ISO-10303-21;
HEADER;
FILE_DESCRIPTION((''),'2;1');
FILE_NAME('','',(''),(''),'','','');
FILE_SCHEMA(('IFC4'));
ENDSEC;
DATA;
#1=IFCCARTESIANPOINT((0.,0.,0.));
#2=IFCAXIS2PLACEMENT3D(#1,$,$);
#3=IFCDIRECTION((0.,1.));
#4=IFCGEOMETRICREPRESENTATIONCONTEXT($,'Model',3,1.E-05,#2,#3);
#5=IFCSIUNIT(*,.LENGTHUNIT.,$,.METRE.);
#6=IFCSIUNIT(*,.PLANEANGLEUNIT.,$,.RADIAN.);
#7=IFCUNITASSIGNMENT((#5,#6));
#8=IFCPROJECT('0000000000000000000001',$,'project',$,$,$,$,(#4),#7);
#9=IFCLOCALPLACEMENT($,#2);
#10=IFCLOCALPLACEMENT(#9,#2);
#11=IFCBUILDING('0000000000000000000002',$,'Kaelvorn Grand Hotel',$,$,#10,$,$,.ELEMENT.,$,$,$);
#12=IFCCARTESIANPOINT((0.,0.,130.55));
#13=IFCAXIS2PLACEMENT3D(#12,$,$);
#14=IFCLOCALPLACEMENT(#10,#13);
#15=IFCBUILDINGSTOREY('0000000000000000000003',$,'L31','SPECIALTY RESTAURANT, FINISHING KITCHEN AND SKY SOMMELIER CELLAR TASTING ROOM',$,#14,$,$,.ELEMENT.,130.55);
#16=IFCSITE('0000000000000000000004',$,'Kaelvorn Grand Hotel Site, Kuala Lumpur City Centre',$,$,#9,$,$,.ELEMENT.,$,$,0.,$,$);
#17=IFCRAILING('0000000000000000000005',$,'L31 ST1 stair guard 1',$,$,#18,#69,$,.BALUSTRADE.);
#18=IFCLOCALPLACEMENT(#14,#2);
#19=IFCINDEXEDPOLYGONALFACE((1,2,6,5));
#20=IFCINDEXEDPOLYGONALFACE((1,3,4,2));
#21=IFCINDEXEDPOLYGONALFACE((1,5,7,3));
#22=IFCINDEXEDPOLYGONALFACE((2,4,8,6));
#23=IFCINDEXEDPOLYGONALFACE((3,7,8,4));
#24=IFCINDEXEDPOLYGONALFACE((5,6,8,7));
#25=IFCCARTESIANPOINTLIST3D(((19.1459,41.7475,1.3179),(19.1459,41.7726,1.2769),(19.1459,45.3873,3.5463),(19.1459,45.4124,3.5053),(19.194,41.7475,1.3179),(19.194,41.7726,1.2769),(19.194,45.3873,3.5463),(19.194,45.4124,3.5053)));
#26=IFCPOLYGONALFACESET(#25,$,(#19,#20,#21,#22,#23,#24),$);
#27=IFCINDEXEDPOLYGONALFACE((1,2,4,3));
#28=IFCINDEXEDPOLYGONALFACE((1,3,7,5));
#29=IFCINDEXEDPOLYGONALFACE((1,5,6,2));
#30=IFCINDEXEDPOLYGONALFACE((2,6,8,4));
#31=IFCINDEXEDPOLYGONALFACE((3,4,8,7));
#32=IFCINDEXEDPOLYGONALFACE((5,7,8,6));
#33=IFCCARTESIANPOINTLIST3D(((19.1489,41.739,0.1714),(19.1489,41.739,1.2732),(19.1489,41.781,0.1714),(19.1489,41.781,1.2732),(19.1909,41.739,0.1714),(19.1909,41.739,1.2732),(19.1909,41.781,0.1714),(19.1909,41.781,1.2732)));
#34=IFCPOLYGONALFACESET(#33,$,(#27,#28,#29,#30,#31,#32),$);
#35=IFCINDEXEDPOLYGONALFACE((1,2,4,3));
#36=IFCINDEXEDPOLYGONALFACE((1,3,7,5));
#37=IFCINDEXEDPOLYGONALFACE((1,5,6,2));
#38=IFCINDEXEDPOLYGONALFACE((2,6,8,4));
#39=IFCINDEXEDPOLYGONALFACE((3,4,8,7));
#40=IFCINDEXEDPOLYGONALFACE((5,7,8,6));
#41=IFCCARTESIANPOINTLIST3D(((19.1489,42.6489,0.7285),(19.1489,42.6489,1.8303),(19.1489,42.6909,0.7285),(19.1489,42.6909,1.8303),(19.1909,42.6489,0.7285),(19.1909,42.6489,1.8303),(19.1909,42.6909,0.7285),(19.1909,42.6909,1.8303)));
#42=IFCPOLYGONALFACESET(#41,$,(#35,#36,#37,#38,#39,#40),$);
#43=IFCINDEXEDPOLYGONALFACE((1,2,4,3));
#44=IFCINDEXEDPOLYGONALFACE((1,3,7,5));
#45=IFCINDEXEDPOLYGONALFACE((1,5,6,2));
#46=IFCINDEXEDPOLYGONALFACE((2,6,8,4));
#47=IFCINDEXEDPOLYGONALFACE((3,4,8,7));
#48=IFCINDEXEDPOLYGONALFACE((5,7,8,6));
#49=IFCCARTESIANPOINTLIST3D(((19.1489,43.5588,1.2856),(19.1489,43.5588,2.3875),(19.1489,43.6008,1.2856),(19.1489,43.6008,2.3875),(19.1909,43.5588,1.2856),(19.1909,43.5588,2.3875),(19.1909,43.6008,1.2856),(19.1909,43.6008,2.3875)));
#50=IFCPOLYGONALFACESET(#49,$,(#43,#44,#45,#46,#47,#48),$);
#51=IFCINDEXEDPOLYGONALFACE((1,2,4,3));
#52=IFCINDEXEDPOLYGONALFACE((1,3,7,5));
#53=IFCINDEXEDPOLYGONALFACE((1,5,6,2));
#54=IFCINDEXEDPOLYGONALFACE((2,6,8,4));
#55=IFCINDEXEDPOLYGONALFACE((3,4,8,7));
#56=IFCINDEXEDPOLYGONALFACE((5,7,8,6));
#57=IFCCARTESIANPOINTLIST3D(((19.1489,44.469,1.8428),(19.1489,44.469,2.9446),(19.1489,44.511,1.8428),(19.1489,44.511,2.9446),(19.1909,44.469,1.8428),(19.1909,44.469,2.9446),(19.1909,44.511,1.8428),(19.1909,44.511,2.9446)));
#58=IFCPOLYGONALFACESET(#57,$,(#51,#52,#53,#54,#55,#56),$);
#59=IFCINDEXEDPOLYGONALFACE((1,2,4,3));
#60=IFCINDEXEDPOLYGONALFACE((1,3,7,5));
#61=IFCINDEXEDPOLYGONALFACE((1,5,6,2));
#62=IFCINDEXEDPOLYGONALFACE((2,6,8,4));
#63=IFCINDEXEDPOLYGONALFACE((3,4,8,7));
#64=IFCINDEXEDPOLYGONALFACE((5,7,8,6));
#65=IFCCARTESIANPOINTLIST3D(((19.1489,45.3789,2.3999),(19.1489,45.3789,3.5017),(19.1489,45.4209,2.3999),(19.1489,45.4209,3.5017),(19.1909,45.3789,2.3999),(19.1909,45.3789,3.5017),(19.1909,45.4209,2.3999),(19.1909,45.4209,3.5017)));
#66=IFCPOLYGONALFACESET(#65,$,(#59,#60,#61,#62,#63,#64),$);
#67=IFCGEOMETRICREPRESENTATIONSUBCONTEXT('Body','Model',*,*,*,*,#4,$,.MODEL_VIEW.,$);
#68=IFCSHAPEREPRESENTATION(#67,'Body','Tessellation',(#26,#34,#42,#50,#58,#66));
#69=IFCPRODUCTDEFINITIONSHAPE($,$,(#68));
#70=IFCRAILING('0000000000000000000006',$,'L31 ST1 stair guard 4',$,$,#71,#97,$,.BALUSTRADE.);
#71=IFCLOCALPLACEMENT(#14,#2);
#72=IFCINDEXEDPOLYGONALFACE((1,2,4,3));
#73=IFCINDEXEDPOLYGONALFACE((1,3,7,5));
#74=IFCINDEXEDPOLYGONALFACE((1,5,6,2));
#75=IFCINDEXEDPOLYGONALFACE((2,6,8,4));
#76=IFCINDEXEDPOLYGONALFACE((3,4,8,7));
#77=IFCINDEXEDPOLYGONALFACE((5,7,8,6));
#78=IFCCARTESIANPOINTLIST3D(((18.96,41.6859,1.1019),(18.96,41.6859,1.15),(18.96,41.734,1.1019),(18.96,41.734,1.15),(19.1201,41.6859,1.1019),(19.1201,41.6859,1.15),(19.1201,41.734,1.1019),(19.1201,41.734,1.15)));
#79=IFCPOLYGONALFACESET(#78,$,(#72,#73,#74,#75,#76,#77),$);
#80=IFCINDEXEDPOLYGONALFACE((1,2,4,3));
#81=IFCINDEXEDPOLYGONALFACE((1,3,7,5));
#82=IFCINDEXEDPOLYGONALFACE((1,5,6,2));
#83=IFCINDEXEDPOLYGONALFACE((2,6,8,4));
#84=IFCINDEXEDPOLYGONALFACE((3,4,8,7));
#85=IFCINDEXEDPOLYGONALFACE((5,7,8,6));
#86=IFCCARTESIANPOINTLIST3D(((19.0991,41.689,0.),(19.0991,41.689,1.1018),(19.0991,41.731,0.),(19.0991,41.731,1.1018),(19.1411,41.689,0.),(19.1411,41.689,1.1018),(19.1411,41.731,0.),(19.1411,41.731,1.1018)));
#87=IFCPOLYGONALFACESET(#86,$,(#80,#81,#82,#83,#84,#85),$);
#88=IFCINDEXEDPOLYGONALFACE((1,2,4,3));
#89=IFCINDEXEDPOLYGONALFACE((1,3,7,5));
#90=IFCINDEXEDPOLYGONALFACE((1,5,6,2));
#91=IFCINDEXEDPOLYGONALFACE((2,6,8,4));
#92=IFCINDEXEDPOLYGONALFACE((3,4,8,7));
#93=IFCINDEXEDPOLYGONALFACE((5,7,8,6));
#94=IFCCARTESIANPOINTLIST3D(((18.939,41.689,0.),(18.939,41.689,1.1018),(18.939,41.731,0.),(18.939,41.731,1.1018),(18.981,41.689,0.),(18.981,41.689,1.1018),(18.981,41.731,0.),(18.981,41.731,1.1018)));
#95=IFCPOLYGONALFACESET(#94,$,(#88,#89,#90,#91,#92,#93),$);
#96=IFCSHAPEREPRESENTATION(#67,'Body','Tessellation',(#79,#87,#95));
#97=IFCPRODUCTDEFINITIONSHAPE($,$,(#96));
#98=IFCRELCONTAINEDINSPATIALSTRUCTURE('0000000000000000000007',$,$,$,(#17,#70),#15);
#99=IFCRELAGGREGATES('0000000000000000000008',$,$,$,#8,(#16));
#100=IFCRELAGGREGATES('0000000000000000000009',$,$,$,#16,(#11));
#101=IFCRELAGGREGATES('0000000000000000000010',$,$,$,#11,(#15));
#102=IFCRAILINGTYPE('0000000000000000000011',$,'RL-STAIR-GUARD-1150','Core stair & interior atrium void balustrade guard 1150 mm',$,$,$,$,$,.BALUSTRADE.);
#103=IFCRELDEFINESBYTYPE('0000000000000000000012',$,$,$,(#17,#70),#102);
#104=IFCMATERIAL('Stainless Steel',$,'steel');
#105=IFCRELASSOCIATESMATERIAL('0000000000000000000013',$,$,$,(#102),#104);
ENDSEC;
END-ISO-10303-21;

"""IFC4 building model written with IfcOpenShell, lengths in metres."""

from ifc_helpers import new_model, si_unit, direction, frame, origin, origin_2d, place, context, subcontext, project, spatial, rectangle, extrude, material, type_object, element, save


model = new_model("IFC4")

# Units and contexts
model_context = context("Model", 3, precision=1e-05, world=origin(), true_north=direction((0.0, 1.0)))
body_context = subcontext(model_context, "Body", "Model", "MODEL_VIEW")
ifc_project = project(units=[si_unit("LENGTHUNIT", "METRE"), si_unit("PLANEANGLEUNIT", "RADIAN")], contexts=[model_context])

# Site, building, storey
site_placement = place(None, origin())
site = spatial("IfcSite", under=ifc_project, at=site_placement, Name="Kaelvorn Grand Hotel Site, Kuala Lumpur City Centre", CompositionType="ELEMENT", RefElevation=0.0)
building_placement = place(site_placement, origin())
building = spatial("IfcBuilding", under=site, at=building_placement, Name="Kaelvorn Grand Hotel", CompositionType="ELEMENT")
storey_placement = place(building_placement, frame((0.0, 0.0, 130.55)))
storey = spatial("IfcBuildingStorey", under=building, at=storey_placement, Name="L31", Description="SPECIALTY RESTAURANT, FINISHING KITCHEN AND SKY SOMMELIER CELLAR TASTING ROOM", CompositionType="ELEMENT", Elevation=130.55)

# Shared definitions
ifc_material_1 = material(Name="Stainless Steel", Category="steel")

# Railings
railing_type_1 = type_object("IfcRailingType", Name="RL-STAIR-GUARD-1150", Description="Core stair & interior atrium void balustrade guard 1150 mm", PredefinedType="BALUSTRADE", material=ifc_material_1)
railing_1_placement = place(storey_placement, frame((19.1699, 41.76, 0.1714)))
element("IfcRailing", 1, at=railing_1_placement, inside=storey, type_object=railing_type_1, Name="L31 ST1 stair guard 1", PredefinedType="BALUSTRADE", context=body_context, shape_type="SweptSolid", body=[
    extrude(rectangle(XDim=0.0481, YDim=0.0481, at=origin_2d()), frame((0.0, 0.0, 1.126), z_axis=(0.0, 0.85285, 0.522156), x_axis=(-1.0, 0.0, 0.0)), (0.0, 0.0, 1.0), 4.2678),
    extrude(rectangle(XDim=0.042, YDim=0.042, at=origin_2d()), origin(), (0.0, 0.0, 1.0), 1.1018),
    extrude(rectangle(XDim=0.042, YDim=0.042, at=origin_2d()), frame((0.0, 0.9099, 0.5571)), (0.0, 0.0, 1.0), 1.1018),
    extrude(rectangle(XDim=0.042, YDim=0.042, at=origin_2d()), frame((0.0, 1.8198, 1.1143)), (0.0, 0.0, 1.0), 1.1018),
    extrude(rectangle(XDim=0.042, YDim=0.042, at=origin_2d()), frame((0.0, 2.73, 1.6714)), (0.0, 0.0, 1.0), 1.1018),
    extrude(rectangle(XDim=0.042, YDim=0.042, at=origin_2d()), frame((0.0, 3.6399, 2.2285)), (0.0, 0.0, 1.0), 1.1018),
])
railing_2_placement = place(storey_placement, frame((19.1201, 41.71, 0.0)))
element("IfcRailing", 2, at=railing_2_placement, inside=storey, type_object=railing_type_1, Name="L31 ST1 stair guard 4", PredefinedType="BALUSTRADE", context=body_context, shape_type="SweptSolid", body=[
    extrude(rectangle(XDim=0.0481, YDim=0.0481, at=origin_2d()), frame((0.0, 0.0, 1.126), z_axis=(-1.0, 0.0, 0.0), x_axis=(0.0, -1.0, 0.0)), (0.0, 0.0, 1.0), 0.1602),
    extrude(rectangle(XDim=0.042, YDim=0.042, at=origin_2d()), origin(), (0.0, 0.0, 1.0), 1.1018),
    extrude(rectangle(XDim=0.042, YDim=0.042, at=origin_2d()), frame((-0.1602, 0.0, 0.0)), (0.0, 0.0, 1.0), 1.1018),
])

save(model, "model.ifc")
